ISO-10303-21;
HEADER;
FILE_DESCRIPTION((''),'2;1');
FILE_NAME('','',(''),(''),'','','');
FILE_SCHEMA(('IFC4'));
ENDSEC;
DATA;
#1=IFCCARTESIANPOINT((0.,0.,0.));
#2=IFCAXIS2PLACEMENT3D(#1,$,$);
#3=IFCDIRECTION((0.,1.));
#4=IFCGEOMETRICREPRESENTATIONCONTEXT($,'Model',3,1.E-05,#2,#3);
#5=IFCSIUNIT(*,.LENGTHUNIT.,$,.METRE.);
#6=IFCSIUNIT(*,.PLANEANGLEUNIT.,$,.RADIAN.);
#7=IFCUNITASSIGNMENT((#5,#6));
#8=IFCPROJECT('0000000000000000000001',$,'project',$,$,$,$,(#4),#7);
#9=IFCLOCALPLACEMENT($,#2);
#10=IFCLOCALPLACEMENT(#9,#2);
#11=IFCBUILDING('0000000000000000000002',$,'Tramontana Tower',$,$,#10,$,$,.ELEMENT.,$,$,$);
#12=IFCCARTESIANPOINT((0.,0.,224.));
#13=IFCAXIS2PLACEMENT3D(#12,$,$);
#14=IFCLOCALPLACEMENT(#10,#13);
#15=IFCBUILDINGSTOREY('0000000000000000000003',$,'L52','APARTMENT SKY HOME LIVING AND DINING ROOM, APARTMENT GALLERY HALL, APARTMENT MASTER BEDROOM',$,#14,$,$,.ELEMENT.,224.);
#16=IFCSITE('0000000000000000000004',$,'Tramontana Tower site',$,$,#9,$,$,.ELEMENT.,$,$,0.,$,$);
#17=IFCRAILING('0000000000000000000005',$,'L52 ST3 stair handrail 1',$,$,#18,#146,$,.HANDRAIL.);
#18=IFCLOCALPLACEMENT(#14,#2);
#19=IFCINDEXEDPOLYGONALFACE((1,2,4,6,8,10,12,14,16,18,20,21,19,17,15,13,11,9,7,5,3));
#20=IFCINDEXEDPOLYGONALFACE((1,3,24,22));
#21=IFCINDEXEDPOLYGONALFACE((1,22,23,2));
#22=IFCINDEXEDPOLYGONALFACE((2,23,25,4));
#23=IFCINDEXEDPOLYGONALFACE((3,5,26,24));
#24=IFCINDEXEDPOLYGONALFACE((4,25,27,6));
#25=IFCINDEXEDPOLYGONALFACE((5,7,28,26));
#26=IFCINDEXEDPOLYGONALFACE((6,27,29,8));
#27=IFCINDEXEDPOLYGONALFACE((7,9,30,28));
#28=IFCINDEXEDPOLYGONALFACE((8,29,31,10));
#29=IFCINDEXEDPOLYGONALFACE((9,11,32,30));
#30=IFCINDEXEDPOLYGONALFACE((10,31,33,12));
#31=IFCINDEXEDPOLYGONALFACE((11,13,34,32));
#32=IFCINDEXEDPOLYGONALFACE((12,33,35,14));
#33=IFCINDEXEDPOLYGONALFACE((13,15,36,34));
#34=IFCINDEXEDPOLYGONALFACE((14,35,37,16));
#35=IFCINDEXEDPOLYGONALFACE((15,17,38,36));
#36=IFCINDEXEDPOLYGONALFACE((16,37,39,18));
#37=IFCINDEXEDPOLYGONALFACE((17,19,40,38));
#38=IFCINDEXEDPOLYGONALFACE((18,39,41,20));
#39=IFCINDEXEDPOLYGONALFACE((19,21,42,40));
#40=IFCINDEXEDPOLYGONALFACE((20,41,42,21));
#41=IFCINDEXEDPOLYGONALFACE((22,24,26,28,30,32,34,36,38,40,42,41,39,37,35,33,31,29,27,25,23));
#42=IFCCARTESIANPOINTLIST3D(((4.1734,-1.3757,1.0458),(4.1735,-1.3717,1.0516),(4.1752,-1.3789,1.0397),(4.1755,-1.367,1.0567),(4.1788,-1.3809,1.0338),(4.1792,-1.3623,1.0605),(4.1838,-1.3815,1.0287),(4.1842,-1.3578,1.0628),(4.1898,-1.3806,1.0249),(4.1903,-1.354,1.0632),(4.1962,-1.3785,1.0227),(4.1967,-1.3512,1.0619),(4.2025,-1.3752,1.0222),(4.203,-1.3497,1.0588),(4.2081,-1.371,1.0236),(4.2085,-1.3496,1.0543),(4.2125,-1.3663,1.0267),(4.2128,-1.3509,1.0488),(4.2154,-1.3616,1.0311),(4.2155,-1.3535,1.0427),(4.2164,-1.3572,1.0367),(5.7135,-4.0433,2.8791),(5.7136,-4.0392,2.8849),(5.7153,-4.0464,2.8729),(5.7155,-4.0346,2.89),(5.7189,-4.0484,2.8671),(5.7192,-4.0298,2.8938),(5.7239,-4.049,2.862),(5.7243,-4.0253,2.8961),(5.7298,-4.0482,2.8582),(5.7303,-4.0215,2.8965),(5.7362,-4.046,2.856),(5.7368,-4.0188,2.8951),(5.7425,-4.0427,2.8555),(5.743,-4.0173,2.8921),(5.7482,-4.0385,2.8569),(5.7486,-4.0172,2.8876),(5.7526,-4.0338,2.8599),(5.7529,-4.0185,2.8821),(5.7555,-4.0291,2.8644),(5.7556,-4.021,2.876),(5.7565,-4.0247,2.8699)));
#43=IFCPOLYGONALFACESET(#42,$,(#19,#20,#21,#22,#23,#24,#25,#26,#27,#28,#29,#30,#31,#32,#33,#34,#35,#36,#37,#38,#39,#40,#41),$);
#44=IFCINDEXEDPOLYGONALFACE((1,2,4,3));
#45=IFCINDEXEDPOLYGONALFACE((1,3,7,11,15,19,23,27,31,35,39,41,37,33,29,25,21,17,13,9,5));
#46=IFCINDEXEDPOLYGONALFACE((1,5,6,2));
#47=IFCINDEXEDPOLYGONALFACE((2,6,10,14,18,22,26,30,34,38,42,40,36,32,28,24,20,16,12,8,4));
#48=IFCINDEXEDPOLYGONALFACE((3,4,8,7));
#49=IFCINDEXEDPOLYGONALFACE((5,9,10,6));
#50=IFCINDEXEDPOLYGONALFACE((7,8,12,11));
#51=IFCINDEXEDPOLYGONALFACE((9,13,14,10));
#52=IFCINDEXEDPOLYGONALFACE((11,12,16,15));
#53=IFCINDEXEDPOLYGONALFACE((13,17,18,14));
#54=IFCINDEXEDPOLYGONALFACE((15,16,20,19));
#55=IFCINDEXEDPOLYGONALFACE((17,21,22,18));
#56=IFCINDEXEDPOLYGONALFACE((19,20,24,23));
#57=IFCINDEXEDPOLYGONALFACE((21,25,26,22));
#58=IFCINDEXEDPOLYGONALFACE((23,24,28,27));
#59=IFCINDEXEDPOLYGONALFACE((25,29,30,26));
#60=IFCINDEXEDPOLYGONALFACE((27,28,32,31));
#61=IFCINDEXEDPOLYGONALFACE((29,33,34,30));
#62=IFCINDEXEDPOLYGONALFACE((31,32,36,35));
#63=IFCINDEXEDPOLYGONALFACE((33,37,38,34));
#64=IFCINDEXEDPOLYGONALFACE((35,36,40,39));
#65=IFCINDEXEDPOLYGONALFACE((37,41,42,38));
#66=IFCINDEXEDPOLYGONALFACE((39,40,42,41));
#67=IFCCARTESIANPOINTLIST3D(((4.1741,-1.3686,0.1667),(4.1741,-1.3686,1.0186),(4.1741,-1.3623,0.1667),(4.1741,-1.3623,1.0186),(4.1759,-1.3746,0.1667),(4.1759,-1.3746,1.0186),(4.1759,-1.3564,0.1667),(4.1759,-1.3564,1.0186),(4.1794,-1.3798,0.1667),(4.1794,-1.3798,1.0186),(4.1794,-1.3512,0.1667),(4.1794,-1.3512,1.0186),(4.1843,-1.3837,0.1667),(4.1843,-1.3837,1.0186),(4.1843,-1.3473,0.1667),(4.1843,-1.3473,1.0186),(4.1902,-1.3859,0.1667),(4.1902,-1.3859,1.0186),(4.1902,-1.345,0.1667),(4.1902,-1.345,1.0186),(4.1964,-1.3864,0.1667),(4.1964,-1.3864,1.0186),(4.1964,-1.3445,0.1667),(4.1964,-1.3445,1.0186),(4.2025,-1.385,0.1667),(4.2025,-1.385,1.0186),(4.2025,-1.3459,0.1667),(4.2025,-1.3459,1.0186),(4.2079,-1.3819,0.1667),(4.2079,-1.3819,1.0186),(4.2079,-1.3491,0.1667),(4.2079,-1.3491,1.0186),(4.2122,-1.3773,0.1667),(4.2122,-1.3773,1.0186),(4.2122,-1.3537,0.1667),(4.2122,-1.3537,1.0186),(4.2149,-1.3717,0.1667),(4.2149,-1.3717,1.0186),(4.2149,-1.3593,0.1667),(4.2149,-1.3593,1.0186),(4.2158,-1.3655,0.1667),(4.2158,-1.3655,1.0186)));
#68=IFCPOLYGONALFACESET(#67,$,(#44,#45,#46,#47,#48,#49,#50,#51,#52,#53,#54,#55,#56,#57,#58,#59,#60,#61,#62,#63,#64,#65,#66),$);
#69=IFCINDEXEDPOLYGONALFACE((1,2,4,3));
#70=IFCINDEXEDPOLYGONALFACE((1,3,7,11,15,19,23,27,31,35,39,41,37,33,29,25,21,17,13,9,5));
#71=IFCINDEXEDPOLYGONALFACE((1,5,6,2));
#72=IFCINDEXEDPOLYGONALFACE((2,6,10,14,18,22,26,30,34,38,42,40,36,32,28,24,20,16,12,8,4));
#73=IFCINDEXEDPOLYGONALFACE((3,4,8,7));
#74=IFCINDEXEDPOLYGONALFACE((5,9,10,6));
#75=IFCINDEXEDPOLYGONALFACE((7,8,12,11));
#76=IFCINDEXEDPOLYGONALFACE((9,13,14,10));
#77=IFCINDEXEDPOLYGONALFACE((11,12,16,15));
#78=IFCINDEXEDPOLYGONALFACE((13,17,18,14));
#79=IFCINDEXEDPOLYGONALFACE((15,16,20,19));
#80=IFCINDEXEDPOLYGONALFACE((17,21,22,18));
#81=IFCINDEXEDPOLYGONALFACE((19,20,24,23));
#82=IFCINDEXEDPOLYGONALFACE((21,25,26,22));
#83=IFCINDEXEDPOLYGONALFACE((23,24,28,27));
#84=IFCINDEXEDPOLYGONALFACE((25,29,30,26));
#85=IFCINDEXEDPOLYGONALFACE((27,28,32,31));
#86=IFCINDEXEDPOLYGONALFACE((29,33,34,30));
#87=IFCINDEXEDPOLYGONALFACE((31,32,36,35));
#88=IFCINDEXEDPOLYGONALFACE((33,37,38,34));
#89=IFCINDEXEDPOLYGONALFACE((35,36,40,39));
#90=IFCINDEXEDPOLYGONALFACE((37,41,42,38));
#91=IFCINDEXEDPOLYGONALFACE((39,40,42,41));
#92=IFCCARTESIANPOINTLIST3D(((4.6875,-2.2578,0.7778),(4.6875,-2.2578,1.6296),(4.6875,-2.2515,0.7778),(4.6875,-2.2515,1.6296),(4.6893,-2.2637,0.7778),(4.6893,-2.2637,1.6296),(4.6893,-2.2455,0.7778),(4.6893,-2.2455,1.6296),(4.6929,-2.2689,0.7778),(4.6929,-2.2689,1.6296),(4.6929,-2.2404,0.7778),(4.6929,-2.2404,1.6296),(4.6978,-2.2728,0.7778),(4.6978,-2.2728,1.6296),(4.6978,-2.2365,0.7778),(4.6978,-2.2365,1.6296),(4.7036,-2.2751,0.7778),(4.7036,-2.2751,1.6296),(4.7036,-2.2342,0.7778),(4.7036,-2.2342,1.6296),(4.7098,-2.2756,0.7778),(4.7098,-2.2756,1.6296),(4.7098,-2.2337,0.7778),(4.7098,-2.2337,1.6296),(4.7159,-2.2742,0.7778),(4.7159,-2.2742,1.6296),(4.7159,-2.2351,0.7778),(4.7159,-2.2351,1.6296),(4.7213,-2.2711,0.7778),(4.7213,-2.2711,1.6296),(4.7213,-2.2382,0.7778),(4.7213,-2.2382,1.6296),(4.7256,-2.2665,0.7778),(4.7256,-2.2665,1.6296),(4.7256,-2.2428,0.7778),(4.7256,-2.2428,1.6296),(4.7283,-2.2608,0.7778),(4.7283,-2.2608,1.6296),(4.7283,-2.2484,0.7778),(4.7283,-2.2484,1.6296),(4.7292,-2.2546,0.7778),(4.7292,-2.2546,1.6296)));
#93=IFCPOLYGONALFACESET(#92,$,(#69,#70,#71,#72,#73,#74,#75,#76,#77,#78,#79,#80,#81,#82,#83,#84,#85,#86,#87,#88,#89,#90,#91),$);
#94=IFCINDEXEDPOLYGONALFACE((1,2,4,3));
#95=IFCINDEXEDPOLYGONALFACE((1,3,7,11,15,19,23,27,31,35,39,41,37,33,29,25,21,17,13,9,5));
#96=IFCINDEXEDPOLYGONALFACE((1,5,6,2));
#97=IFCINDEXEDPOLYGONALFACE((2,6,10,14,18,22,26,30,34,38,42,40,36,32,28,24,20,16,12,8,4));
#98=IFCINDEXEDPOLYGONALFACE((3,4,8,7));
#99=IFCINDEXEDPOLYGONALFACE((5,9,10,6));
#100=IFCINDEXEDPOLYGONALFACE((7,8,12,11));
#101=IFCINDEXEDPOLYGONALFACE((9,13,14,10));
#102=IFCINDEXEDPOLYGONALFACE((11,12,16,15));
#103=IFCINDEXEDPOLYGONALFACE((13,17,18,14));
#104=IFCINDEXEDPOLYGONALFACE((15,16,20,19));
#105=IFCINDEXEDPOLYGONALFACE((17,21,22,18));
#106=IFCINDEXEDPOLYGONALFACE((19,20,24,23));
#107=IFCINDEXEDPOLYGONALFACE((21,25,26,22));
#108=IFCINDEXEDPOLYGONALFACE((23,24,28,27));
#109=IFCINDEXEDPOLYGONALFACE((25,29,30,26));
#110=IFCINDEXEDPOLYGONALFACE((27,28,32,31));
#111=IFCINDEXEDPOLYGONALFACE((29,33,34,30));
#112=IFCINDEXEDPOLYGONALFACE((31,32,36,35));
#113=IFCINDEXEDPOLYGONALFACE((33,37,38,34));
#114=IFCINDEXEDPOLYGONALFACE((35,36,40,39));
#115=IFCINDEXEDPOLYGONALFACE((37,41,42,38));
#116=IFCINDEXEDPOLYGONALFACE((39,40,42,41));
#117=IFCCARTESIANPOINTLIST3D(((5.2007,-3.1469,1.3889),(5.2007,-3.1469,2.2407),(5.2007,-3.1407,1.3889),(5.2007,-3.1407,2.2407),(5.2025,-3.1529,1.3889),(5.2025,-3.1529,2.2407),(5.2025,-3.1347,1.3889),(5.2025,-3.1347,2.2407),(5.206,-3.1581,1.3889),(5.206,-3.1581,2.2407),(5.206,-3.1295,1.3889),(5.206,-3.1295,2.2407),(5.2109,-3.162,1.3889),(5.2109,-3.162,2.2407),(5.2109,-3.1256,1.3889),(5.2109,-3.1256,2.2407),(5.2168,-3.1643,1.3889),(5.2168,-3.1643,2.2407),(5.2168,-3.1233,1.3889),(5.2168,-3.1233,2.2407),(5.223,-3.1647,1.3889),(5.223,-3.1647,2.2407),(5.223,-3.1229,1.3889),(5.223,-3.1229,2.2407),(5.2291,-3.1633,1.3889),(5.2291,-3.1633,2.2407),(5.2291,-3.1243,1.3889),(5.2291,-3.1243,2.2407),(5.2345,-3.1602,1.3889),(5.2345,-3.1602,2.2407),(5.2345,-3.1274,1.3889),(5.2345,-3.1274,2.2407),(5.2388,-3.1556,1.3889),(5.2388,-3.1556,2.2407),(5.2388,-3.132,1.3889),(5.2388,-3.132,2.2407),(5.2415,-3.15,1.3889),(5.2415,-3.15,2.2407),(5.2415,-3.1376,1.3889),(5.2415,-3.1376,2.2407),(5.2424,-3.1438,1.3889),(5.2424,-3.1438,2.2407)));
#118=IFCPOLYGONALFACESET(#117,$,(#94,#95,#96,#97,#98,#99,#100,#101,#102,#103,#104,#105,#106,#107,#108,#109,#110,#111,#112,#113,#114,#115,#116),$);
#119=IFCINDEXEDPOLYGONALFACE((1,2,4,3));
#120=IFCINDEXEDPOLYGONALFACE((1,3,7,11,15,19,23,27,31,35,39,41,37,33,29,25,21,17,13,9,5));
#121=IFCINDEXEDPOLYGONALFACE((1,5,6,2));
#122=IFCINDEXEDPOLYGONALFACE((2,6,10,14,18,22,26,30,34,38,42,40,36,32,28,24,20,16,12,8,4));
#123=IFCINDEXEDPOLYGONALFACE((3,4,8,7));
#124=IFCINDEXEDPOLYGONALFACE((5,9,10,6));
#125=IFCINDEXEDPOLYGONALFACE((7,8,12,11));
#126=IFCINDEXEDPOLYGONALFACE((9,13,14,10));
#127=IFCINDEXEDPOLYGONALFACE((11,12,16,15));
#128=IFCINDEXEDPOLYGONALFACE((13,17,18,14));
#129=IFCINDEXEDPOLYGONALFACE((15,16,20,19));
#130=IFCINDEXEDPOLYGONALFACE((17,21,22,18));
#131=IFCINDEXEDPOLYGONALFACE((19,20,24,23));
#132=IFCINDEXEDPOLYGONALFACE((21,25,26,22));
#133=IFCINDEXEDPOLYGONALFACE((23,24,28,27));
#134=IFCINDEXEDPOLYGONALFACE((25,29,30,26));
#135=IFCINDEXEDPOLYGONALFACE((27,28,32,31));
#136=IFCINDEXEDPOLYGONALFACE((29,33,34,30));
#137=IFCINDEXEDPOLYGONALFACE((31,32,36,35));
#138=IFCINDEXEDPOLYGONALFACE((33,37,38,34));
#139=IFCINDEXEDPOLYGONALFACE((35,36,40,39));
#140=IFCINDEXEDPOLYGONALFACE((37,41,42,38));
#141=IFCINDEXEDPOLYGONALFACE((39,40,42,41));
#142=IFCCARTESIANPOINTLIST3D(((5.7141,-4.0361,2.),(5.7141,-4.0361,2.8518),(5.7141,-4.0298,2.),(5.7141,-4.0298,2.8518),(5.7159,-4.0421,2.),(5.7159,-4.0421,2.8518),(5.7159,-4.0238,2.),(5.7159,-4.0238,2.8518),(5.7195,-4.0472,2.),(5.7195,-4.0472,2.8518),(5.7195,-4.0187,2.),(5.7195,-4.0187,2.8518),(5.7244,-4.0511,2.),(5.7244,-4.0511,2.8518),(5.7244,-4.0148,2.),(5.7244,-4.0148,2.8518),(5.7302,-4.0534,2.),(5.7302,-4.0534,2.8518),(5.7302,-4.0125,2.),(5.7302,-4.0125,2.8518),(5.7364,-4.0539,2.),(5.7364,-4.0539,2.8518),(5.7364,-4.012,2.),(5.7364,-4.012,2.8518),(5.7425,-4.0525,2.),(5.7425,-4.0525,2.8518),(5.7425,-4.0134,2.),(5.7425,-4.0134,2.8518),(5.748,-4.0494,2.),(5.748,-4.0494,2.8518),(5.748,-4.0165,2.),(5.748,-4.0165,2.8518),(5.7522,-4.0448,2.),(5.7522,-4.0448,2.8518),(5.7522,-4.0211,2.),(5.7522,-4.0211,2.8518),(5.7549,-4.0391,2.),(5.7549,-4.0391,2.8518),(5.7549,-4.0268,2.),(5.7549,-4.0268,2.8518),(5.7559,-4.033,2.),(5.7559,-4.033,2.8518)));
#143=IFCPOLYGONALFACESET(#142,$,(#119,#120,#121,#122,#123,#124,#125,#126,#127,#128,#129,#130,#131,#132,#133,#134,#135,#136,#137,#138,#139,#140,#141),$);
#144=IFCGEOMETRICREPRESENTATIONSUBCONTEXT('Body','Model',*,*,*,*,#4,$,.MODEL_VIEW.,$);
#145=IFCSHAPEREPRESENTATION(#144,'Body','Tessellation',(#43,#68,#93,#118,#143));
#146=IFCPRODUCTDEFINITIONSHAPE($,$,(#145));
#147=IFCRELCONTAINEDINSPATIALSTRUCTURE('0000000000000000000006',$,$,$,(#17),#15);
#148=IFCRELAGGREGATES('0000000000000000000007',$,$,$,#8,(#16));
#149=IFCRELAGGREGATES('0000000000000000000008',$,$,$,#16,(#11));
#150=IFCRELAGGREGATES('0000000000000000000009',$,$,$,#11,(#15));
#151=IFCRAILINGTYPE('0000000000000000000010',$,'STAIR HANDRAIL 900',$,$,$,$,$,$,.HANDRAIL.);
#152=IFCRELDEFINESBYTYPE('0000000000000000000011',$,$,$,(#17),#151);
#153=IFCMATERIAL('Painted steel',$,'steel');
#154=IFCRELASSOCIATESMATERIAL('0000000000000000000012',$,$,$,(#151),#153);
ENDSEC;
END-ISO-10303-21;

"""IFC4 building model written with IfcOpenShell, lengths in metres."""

from ifc_helpers import new_model, si_unit, direction, frame, origin, origin_2d, place, context, subcontext, project, spatial, circle, extrude, material, type_object, element, save


model = new_model("IFC4")

# Units and contexts
model_context = context("Model", 3, precision=1e-05, world=origin(), true_north=direction((0.0, 1.0)))
body_context = subcontext(model_context, "Body", "Model", "MODEL_VIEW")
ifc_project = project(units=[si_unit("LENGTHUNIT", "METRE"), si_unit("PLANEANGLEUNIT", "RADIAN")], contexts=[model_context])

# Site, building, storey
site_placement = place(None, origin())
site = spatial("IfcSite", under=ifc_project, at=site_placement, Name="Tramontana Tower site", CompositionType="ELEMENT", RefElevation=0.0)
building_placement = place(site_placement, origin())
building = spatial("IfcBuilding", under=site, at=building_placement, Name="Tramontana Tower", CompositionType="ELEMENT")
storey_placement = place(building_placement, frame((0.0, 0.0, 224.0)))
storey = spatial("IfcBuildingStorey", under=building, at=storey_placement, Name="L52", Description="APARTMENT SKY HOME LIVING AND DINING ROOM, APARTMENT GALLERY HALL, APARTMENT MASTER BEDROOM", CompositionType="ELEMENT", Elevation=224.0)

# Railing
ifc_material_1 = material(Name="Painted steel", Category="steel")
railing_type_1 = type_object("IfcRailingType", Name="STAIR HANDRAIL 900", PredefinedType="HANDRAIL", material=ifc_material_1)
railing_1_placement = place(storey_placement, frame((4.1948, -1.3655, 0.1667)))
element("IfcRailing", 1, at=railing_1_placement, inside=storey, type_object=railing_type_1, Name="L52 ST3 stair handrail 1", PredefinedType="HANDRAIL", context=body_context, shape_type="SweptSolid", body=[
    extrude(circle(Radius=0.0239, at=origin_2d()), frame((0.0, 0.0, 0.876), z_axis=(0.429649, -0.74419, 0.511452), x_axis=(0.86603, 0.499992, 0.0)), (0.0, 0.0, 1.0), 3.5845),
    extrude(circle(Radius=0.021, at=origin_2d()), origin(), (0.0, 0.0, 1.0), 0.8518),
    extrude(circle(Radius=0.021, at=origin_2d()), frame((0.5134, -0.8892, 0.6111)), (0.0, 0.0, 1.0), 0.8518),
    extrude(circle(Radius=0.021, at=origin_2d()), frame((1.0266, -1.7783, 1.2222)), (0.0, 0.0, 1.0), 0.8518),
    extrude(circle(Radius=0.021, at=origin_2d()), frame((1.54, -2.6675, 1.8333)), (0.0, 0.0, 1.0), 0.8518),
])

save(model, "model.ifc")
